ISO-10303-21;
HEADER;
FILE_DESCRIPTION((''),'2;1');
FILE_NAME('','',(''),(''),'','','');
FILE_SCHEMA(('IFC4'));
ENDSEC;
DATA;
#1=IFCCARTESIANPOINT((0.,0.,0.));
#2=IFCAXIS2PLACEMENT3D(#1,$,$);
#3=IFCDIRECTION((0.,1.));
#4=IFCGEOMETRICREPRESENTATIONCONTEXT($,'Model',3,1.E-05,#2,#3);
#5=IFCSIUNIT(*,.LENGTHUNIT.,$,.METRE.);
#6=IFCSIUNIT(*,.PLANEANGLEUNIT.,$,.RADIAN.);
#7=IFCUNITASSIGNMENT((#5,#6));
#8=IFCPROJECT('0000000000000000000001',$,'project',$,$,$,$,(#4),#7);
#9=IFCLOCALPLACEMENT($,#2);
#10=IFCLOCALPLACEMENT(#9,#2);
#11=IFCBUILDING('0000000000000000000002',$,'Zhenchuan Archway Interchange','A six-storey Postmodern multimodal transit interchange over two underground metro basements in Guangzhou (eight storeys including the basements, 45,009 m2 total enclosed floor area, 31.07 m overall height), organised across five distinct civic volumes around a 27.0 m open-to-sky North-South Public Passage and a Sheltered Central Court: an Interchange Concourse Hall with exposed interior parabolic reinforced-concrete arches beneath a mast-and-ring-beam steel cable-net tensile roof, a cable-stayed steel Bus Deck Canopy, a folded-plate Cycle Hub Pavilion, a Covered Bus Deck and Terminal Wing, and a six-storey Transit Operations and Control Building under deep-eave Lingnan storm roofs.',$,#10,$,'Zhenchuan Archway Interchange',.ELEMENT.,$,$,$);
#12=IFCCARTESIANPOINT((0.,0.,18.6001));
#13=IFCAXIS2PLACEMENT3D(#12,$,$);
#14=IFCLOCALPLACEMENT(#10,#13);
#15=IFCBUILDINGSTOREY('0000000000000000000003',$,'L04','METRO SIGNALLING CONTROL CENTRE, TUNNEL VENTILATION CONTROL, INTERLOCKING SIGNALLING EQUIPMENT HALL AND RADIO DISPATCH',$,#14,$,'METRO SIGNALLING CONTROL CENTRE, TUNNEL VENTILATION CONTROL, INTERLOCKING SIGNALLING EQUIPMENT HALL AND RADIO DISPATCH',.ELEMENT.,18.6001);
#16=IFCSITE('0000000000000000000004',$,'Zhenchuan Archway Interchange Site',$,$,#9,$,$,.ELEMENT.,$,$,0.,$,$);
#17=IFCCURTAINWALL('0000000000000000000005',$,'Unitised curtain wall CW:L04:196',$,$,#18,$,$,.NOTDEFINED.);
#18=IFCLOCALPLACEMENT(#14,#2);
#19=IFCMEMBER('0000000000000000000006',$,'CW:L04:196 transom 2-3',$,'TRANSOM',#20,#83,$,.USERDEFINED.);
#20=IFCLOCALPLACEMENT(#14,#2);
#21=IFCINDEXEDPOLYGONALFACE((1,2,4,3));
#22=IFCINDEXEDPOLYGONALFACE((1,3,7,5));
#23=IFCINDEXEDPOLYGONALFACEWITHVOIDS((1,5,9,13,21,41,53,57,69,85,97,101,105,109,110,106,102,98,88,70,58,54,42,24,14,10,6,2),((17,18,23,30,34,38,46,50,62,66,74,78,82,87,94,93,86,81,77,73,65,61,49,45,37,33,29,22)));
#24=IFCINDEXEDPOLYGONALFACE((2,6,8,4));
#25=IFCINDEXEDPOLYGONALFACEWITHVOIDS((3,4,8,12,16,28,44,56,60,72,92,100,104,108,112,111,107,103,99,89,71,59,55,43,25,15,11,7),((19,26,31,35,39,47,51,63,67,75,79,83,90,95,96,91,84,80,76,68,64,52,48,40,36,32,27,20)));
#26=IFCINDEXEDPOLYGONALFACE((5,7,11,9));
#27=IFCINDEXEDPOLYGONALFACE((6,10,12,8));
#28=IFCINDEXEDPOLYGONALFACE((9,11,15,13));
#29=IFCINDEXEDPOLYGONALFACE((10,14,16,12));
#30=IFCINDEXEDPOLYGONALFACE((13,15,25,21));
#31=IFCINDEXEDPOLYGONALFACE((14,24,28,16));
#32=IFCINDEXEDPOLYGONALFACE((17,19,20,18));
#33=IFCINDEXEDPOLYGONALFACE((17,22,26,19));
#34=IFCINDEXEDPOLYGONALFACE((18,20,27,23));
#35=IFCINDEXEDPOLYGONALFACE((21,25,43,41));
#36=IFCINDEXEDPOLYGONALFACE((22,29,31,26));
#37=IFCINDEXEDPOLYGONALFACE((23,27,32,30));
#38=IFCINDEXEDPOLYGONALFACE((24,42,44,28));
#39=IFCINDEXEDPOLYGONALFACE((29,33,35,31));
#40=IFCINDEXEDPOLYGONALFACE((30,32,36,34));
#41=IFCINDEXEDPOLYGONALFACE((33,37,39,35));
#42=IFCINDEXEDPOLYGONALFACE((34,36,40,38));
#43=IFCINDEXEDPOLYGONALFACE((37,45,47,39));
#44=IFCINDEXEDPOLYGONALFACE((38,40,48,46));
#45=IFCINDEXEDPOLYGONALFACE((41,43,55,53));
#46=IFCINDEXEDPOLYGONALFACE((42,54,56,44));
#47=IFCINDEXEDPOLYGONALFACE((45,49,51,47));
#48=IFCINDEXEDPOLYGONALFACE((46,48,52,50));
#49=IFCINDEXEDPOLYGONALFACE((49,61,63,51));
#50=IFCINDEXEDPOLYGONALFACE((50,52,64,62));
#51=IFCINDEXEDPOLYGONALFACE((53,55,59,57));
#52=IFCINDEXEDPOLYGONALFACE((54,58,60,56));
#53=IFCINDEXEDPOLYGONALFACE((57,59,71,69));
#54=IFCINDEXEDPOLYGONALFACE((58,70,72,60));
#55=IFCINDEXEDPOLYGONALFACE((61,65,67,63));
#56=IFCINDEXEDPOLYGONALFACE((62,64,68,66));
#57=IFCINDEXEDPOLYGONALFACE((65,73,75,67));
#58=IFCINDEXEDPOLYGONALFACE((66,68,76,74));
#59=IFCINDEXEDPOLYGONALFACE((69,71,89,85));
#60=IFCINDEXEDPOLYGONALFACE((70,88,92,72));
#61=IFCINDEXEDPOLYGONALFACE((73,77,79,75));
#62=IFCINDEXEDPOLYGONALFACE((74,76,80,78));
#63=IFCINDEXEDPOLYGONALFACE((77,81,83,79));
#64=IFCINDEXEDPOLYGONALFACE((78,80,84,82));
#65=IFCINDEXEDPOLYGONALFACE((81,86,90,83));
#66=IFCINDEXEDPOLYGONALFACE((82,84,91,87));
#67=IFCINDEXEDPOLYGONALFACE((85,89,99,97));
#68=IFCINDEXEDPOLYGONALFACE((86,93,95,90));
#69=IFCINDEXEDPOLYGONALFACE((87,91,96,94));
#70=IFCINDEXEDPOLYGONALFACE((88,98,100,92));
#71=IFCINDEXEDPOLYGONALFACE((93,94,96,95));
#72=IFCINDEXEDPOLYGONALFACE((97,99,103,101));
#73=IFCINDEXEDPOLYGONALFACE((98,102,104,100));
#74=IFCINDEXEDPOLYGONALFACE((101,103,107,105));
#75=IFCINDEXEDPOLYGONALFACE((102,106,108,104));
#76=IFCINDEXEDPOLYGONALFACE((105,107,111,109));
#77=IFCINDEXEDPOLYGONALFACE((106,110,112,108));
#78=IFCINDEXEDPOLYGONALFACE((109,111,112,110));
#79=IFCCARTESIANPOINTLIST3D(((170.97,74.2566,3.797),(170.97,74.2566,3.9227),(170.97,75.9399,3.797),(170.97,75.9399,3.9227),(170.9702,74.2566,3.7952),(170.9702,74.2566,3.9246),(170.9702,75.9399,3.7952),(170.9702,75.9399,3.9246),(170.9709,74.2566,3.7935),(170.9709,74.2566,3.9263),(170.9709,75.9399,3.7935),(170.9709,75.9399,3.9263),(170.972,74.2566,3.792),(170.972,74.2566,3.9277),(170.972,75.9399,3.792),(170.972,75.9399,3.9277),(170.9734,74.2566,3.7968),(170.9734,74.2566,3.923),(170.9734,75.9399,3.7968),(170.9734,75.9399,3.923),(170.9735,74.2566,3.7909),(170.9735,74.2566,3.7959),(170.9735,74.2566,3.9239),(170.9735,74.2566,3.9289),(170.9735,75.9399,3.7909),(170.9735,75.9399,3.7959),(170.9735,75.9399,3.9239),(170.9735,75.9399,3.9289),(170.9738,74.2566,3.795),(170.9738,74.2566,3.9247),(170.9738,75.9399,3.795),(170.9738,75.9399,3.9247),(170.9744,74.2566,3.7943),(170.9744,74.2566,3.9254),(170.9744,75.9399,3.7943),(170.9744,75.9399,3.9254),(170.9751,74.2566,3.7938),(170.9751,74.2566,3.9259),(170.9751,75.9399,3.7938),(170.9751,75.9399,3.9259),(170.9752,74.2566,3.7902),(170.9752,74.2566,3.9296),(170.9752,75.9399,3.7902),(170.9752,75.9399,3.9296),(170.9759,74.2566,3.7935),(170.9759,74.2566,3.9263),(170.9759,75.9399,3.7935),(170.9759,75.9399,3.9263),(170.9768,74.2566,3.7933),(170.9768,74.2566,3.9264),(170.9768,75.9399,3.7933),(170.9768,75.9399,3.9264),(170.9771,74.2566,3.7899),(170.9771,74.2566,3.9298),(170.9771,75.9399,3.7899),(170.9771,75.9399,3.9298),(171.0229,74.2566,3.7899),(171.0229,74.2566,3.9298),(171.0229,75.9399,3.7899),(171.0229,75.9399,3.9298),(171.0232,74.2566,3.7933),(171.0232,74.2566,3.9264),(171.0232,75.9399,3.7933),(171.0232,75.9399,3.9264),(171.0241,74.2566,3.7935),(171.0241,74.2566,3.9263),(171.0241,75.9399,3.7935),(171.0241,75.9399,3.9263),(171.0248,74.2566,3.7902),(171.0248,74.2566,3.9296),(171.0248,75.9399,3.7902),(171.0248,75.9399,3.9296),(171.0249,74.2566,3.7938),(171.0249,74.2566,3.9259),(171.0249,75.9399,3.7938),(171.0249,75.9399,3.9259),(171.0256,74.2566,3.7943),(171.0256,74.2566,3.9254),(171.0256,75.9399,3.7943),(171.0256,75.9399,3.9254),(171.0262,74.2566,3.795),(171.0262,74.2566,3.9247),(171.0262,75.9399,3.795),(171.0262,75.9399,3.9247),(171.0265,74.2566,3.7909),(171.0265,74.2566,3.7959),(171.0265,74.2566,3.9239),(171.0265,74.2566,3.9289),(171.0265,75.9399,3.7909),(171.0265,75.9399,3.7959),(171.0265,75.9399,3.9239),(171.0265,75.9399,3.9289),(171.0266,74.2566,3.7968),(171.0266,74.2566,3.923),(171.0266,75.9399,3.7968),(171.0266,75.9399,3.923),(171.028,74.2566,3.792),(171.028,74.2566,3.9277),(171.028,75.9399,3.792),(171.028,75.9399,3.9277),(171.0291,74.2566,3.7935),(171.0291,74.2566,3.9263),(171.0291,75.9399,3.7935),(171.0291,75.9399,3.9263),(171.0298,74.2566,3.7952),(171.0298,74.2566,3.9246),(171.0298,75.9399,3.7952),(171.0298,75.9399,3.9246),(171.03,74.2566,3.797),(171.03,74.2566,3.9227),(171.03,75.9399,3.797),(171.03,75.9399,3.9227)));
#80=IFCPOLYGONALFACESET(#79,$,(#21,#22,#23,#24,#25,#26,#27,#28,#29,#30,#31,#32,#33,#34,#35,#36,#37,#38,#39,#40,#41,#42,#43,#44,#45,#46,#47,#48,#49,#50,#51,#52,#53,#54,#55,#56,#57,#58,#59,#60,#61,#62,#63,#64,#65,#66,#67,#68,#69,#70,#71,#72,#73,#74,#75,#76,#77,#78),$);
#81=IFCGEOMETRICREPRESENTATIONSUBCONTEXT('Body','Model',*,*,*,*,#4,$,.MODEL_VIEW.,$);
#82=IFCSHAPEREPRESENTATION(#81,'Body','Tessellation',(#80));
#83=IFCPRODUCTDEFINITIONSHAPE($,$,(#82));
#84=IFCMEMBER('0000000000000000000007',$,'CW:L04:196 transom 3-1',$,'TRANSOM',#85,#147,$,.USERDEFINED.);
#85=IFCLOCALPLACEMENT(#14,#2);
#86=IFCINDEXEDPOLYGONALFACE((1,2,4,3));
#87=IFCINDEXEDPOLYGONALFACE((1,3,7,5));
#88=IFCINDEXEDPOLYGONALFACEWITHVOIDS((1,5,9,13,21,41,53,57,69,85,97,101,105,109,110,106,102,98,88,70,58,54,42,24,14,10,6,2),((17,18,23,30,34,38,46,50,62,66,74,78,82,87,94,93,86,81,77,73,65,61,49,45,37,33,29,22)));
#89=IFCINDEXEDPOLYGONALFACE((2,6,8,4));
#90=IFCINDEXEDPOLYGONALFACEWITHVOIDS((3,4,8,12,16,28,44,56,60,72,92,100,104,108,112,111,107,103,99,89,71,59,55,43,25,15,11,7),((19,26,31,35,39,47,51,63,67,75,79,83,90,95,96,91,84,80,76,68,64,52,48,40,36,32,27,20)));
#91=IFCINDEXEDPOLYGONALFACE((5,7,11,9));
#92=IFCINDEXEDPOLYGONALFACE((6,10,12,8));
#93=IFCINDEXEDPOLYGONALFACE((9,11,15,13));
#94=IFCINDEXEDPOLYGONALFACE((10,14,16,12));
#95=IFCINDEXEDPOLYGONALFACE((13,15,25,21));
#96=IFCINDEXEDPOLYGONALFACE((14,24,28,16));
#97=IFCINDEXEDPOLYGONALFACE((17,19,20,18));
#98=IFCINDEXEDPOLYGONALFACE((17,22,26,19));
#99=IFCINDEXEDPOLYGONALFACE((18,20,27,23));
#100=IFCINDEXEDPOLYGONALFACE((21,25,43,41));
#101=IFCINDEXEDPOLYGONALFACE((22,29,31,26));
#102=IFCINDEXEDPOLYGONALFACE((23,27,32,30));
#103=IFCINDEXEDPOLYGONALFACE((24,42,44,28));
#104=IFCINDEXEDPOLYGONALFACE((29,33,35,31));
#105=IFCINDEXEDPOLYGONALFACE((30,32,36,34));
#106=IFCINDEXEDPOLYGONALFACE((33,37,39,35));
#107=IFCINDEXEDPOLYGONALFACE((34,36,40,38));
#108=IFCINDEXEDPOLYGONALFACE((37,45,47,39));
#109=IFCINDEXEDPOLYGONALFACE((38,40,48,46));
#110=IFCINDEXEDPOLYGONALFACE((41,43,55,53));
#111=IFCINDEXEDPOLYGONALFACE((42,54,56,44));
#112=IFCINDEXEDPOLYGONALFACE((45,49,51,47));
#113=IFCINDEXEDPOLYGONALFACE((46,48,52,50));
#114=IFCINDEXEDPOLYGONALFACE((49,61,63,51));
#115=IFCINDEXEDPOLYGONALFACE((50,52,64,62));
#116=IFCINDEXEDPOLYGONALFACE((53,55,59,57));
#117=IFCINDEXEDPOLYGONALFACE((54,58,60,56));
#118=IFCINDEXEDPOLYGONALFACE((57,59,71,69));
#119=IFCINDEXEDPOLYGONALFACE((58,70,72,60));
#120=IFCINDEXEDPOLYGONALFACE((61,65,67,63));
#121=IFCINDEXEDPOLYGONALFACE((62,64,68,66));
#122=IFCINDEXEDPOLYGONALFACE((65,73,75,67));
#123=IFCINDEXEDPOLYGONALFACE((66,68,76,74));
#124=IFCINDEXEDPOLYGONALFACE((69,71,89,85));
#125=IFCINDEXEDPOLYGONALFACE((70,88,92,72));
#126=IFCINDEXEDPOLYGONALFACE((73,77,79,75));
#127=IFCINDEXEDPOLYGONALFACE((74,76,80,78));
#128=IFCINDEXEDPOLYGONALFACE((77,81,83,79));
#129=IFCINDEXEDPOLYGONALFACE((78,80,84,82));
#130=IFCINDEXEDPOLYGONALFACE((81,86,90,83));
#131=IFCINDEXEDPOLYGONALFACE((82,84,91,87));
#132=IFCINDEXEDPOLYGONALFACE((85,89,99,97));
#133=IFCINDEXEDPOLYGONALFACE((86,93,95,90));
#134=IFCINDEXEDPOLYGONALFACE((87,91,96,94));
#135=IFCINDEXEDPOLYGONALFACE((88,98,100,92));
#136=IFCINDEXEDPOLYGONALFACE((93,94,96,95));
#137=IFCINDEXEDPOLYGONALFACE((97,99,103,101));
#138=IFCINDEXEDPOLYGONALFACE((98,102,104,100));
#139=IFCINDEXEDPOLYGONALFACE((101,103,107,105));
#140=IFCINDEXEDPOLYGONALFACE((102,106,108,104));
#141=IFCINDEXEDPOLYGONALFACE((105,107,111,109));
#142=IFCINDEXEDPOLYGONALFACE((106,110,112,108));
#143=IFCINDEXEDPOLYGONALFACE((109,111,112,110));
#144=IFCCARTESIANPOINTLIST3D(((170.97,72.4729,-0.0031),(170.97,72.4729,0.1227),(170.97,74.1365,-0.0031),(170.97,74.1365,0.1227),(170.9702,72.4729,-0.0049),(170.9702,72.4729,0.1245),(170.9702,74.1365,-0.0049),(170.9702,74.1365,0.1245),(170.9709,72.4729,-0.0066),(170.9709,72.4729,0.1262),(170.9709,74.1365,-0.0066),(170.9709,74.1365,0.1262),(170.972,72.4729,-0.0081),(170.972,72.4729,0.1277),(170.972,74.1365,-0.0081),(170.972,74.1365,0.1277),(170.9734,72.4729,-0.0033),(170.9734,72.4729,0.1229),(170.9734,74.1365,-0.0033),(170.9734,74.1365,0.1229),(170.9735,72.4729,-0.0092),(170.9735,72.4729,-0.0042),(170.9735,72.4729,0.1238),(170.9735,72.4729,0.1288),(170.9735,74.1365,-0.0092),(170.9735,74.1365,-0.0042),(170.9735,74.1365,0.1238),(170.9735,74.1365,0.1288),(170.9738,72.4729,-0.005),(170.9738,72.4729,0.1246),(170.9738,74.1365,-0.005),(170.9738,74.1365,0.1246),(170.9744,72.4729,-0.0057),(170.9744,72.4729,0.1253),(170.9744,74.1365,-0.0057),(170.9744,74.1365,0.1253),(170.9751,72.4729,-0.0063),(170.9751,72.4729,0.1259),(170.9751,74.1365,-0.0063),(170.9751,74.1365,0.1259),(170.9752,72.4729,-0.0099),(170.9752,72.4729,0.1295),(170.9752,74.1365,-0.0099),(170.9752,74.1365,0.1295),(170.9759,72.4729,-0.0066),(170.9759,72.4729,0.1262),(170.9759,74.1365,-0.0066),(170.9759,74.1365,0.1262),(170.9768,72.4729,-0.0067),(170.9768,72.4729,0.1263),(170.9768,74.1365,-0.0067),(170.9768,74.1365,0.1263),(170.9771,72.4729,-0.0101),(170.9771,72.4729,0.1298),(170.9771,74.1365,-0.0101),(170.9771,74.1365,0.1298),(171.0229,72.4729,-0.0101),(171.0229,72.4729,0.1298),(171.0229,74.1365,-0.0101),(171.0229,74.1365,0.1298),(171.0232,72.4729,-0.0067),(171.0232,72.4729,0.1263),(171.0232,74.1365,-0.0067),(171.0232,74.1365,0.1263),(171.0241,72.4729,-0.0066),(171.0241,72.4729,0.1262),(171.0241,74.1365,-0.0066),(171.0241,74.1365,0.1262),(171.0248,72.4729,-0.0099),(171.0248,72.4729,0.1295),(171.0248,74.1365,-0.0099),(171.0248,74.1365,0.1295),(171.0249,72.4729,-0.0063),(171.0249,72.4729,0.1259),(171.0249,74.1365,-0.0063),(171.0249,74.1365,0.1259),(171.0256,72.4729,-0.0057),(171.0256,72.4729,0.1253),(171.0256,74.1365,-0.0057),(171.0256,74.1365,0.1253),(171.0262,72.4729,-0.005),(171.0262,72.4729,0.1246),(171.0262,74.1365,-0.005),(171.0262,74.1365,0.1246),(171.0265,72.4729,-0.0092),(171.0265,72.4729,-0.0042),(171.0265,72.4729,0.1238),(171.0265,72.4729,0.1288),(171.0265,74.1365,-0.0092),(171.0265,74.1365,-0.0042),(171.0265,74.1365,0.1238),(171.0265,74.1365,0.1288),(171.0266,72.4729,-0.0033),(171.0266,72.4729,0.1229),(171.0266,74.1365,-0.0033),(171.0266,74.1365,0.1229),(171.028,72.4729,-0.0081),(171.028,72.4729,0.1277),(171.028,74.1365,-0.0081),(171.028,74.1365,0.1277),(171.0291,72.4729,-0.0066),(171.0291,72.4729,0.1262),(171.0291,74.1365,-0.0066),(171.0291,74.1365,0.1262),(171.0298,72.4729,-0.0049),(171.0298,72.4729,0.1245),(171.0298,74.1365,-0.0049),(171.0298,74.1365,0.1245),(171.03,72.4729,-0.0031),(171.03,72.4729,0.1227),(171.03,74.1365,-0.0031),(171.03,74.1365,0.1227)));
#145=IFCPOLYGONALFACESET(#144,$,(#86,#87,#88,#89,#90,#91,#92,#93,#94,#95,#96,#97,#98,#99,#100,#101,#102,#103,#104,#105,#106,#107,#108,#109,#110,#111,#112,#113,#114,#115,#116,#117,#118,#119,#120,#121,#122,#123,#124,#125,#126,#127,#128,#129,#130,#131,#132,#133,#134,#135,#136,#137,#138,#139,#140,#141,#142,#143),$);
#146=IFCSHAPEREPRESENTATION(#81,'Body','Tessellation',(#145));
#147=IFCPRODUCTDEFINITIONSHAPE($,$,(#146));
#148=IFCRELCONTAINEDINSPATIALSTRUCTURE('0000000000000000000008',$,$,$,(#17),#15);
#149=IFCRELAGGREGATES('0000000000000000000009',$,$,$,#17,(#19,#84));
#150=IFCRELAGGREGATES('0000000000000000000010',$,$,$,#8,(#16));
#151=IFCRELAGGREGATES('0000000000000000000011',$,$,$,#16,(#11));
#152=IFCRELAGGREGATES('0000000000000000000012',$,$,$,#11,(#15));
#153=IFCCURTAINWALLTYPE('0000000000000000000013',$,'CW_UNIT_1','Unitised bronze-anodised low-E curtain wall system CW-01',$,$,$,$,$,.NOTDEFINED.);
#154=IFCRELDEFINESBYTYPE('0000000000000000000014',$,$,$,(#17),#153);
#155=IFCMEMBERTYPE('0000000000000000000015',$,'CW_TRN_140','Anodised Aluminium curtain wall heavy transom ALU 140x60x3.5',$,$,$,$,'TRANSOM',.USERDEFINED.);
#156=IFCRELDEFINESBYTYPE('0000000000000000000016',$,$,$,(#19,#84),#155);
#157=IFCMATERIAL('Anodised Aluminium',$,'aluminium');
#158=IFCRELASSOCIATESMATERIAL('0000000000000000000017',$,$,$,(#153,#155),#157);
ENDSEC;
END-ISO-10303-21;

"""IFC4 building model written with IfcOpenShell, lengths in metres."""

from ifc_helpers import new_model, si_unit, direction, frame, origin, origin_2d, place, context, subcontext, project, spatial, hollow_rectangle, extrude, material, material_profile, profile_set, type_object, element, aggregate, save


model = new_model("IFC4")

# Units and contexts
model_context = context("Model", 3, precision=1e-05, world=origin(), true_north=direction((0.0, 1.0)))
body_context = subcontext(model_context, "Body", "Model", "MODEL_VIEW")
ifc_project = project(units=[si_unit("LENGTHUNIT", "METRE"), si_unit("PLANEANGLEUNIT", "RADIAN")], contexts=[model_context])

# Site, building, storey
site_placement = place(None, origin())
site = spatial("IfcSite", under=ifc_project, at=site_placement, Name="Zhenchuan Archway Interchange Site", CompositionType="ELEMENT", RefElevation=0.0)
building_placement = place(site_placement, origin())
building = spatial("IfcBuilding", under=site, at=building_placement, Name="Zhenchuan Archway Interchange", Description="A six-storey Postmodern multimodal transit interchange over two underground metro basements in Guangzhou (eight storeys including the basements, 45,009 m2 total enclosed floor area, 31.07 m overall height), organised across five distinct civic volumes around a 27.0 m open-to-sky North-South Public Passage and a Sheltered Central Court: an Interchange Concourse Hall with exposed interior parabolic reinforced-concrete arches beneath a mast-and-ring-beam steel cable-net tensile roof, a cable-stayed steel Bus Deck Canopy, a folded-plate Cycle Hub Pavilion, a Covered Bus Deck and Terminal Wing, and a six-storey Transit Operations and Control Building under deep-eave Lingnan storm roofs.", LongName="Zhenchuan Archway Interchange", CompositionType="ELEMENT")
storey_placement = place(building_placement, frame((0.0, 0.0, 18.6001)))
storey = spatial("IfcBuildingStorey", under=building, at=storey_placement, Name="L04", Description="METRO SIGNALLING CONTROL CENTRE, TUNNEL VENTILATION CONTROL, INTERLOCKING SIGNALLING EQUIPMENT HALL AND RADIO DISPATCH", LongName="METRO SIGNALLING CONTROL CENTRE, TUNNEL VENTILATION CONTROL, INTERLOCKING SIGNALLING EQUIPMENT HALL AND RADIO DISPATCH", CompositionType="ELEMENT", Elevation=18.6001)

# Curtain wall, members
ifc_material_1 = material(Name="Anodised Aluminium", Category="aluminium")
curtain_wall_type = type_object("IfcCurtainWallType", Name="CW_UNIT_1", Description="Unitised bronze-anodised low-E curtain wall system CW-01", PredefinedType="NOTDEFINED", material=ifc_material_1)
curtain_wall_placement = place(storey_placement, origin())
curtain_wall = element("IfcCurtainWall", 1, at=curtain_wall_placement, inside=storey, type_object=curtain_wall_type, Name="Unitised curtain wall CW:L04:196", PredefinedType="NOTDEFINED")
ifc_material_profile_1 = material_profile(ifc_material_1, hollow_rectangle(XDim=0.0601, YDim=0.1399, WallThickness=0.0034, InnerFilletRadius=0.0034, OuterFilletRadius=0.0071, at=origin_2d()), Name="ALU 140x60x3.5")
ifc_profile_set_1 = profile_set([ifc_material_profile_1], Name="Anodised Aluminium")
member_type_1 = type_object("IfcMemberType", Name="CW_TRN_140", Description="Anodised Aluminium curtain wall heavy transom ALU 140x60x3.5", ElementType="TRANSOM", PredefinedType="USERDEFINED", material=ifc_profile_set_1)
member_1_placement = place(storey_placement, frame((171.0, 75.9399, 3.8599), z_axis=(0.0, -1.0, 0.0), x_axis=(1.0, 0.0, 0.0)))
member_1 = element("IfcMember", 2, at=member_1_placement, type_object=member_type_1, Name="CW:L04:196 transom 2-3", ObjectType="TRANSOM", PredefinedType="USERDEFINED", context=body_context, shape_type="SweptSolid", body=[
    extrude(hollow_rectangle(XDim=0.0601, YDim=0.1399, WallThickness=0.0034, InnerFilletRadius=0.0034, OuterFilletRadius=0.0071, at=origin_2d()), origin(), (0.0, 0.0, 1.0), 1.6833),
])
member_2_placement = place(storey_placement, frame((171.0, 74.1365, 0.0598), z_axis=(0.0, -1.0, 0.0), x_axis=(1.0, 0.0, 0.0)))
member_2 = element("IfcMember", 3, at=member_2_placement, type_object=member_type_1, Name="CW:L04:196 transom 3-1", ObjectType="TRANSOM", PredefinedType="USERDEFINED", context=body_context, shape_type="SweptSolid", body=[
    extrude(hollow_rectangle(XDim=0.0601, YDim=0.1399, WallThickness=0.0034, InnerFilletRadius=0.0034, OuterFilletRadius=0.0071, at=origin_2d()), origin(), (0.0, 0.0, 1.0), 1.6636),
])
aggregate(curtain_wall, [member_1, member_2])

save(model, "model.ifc")
